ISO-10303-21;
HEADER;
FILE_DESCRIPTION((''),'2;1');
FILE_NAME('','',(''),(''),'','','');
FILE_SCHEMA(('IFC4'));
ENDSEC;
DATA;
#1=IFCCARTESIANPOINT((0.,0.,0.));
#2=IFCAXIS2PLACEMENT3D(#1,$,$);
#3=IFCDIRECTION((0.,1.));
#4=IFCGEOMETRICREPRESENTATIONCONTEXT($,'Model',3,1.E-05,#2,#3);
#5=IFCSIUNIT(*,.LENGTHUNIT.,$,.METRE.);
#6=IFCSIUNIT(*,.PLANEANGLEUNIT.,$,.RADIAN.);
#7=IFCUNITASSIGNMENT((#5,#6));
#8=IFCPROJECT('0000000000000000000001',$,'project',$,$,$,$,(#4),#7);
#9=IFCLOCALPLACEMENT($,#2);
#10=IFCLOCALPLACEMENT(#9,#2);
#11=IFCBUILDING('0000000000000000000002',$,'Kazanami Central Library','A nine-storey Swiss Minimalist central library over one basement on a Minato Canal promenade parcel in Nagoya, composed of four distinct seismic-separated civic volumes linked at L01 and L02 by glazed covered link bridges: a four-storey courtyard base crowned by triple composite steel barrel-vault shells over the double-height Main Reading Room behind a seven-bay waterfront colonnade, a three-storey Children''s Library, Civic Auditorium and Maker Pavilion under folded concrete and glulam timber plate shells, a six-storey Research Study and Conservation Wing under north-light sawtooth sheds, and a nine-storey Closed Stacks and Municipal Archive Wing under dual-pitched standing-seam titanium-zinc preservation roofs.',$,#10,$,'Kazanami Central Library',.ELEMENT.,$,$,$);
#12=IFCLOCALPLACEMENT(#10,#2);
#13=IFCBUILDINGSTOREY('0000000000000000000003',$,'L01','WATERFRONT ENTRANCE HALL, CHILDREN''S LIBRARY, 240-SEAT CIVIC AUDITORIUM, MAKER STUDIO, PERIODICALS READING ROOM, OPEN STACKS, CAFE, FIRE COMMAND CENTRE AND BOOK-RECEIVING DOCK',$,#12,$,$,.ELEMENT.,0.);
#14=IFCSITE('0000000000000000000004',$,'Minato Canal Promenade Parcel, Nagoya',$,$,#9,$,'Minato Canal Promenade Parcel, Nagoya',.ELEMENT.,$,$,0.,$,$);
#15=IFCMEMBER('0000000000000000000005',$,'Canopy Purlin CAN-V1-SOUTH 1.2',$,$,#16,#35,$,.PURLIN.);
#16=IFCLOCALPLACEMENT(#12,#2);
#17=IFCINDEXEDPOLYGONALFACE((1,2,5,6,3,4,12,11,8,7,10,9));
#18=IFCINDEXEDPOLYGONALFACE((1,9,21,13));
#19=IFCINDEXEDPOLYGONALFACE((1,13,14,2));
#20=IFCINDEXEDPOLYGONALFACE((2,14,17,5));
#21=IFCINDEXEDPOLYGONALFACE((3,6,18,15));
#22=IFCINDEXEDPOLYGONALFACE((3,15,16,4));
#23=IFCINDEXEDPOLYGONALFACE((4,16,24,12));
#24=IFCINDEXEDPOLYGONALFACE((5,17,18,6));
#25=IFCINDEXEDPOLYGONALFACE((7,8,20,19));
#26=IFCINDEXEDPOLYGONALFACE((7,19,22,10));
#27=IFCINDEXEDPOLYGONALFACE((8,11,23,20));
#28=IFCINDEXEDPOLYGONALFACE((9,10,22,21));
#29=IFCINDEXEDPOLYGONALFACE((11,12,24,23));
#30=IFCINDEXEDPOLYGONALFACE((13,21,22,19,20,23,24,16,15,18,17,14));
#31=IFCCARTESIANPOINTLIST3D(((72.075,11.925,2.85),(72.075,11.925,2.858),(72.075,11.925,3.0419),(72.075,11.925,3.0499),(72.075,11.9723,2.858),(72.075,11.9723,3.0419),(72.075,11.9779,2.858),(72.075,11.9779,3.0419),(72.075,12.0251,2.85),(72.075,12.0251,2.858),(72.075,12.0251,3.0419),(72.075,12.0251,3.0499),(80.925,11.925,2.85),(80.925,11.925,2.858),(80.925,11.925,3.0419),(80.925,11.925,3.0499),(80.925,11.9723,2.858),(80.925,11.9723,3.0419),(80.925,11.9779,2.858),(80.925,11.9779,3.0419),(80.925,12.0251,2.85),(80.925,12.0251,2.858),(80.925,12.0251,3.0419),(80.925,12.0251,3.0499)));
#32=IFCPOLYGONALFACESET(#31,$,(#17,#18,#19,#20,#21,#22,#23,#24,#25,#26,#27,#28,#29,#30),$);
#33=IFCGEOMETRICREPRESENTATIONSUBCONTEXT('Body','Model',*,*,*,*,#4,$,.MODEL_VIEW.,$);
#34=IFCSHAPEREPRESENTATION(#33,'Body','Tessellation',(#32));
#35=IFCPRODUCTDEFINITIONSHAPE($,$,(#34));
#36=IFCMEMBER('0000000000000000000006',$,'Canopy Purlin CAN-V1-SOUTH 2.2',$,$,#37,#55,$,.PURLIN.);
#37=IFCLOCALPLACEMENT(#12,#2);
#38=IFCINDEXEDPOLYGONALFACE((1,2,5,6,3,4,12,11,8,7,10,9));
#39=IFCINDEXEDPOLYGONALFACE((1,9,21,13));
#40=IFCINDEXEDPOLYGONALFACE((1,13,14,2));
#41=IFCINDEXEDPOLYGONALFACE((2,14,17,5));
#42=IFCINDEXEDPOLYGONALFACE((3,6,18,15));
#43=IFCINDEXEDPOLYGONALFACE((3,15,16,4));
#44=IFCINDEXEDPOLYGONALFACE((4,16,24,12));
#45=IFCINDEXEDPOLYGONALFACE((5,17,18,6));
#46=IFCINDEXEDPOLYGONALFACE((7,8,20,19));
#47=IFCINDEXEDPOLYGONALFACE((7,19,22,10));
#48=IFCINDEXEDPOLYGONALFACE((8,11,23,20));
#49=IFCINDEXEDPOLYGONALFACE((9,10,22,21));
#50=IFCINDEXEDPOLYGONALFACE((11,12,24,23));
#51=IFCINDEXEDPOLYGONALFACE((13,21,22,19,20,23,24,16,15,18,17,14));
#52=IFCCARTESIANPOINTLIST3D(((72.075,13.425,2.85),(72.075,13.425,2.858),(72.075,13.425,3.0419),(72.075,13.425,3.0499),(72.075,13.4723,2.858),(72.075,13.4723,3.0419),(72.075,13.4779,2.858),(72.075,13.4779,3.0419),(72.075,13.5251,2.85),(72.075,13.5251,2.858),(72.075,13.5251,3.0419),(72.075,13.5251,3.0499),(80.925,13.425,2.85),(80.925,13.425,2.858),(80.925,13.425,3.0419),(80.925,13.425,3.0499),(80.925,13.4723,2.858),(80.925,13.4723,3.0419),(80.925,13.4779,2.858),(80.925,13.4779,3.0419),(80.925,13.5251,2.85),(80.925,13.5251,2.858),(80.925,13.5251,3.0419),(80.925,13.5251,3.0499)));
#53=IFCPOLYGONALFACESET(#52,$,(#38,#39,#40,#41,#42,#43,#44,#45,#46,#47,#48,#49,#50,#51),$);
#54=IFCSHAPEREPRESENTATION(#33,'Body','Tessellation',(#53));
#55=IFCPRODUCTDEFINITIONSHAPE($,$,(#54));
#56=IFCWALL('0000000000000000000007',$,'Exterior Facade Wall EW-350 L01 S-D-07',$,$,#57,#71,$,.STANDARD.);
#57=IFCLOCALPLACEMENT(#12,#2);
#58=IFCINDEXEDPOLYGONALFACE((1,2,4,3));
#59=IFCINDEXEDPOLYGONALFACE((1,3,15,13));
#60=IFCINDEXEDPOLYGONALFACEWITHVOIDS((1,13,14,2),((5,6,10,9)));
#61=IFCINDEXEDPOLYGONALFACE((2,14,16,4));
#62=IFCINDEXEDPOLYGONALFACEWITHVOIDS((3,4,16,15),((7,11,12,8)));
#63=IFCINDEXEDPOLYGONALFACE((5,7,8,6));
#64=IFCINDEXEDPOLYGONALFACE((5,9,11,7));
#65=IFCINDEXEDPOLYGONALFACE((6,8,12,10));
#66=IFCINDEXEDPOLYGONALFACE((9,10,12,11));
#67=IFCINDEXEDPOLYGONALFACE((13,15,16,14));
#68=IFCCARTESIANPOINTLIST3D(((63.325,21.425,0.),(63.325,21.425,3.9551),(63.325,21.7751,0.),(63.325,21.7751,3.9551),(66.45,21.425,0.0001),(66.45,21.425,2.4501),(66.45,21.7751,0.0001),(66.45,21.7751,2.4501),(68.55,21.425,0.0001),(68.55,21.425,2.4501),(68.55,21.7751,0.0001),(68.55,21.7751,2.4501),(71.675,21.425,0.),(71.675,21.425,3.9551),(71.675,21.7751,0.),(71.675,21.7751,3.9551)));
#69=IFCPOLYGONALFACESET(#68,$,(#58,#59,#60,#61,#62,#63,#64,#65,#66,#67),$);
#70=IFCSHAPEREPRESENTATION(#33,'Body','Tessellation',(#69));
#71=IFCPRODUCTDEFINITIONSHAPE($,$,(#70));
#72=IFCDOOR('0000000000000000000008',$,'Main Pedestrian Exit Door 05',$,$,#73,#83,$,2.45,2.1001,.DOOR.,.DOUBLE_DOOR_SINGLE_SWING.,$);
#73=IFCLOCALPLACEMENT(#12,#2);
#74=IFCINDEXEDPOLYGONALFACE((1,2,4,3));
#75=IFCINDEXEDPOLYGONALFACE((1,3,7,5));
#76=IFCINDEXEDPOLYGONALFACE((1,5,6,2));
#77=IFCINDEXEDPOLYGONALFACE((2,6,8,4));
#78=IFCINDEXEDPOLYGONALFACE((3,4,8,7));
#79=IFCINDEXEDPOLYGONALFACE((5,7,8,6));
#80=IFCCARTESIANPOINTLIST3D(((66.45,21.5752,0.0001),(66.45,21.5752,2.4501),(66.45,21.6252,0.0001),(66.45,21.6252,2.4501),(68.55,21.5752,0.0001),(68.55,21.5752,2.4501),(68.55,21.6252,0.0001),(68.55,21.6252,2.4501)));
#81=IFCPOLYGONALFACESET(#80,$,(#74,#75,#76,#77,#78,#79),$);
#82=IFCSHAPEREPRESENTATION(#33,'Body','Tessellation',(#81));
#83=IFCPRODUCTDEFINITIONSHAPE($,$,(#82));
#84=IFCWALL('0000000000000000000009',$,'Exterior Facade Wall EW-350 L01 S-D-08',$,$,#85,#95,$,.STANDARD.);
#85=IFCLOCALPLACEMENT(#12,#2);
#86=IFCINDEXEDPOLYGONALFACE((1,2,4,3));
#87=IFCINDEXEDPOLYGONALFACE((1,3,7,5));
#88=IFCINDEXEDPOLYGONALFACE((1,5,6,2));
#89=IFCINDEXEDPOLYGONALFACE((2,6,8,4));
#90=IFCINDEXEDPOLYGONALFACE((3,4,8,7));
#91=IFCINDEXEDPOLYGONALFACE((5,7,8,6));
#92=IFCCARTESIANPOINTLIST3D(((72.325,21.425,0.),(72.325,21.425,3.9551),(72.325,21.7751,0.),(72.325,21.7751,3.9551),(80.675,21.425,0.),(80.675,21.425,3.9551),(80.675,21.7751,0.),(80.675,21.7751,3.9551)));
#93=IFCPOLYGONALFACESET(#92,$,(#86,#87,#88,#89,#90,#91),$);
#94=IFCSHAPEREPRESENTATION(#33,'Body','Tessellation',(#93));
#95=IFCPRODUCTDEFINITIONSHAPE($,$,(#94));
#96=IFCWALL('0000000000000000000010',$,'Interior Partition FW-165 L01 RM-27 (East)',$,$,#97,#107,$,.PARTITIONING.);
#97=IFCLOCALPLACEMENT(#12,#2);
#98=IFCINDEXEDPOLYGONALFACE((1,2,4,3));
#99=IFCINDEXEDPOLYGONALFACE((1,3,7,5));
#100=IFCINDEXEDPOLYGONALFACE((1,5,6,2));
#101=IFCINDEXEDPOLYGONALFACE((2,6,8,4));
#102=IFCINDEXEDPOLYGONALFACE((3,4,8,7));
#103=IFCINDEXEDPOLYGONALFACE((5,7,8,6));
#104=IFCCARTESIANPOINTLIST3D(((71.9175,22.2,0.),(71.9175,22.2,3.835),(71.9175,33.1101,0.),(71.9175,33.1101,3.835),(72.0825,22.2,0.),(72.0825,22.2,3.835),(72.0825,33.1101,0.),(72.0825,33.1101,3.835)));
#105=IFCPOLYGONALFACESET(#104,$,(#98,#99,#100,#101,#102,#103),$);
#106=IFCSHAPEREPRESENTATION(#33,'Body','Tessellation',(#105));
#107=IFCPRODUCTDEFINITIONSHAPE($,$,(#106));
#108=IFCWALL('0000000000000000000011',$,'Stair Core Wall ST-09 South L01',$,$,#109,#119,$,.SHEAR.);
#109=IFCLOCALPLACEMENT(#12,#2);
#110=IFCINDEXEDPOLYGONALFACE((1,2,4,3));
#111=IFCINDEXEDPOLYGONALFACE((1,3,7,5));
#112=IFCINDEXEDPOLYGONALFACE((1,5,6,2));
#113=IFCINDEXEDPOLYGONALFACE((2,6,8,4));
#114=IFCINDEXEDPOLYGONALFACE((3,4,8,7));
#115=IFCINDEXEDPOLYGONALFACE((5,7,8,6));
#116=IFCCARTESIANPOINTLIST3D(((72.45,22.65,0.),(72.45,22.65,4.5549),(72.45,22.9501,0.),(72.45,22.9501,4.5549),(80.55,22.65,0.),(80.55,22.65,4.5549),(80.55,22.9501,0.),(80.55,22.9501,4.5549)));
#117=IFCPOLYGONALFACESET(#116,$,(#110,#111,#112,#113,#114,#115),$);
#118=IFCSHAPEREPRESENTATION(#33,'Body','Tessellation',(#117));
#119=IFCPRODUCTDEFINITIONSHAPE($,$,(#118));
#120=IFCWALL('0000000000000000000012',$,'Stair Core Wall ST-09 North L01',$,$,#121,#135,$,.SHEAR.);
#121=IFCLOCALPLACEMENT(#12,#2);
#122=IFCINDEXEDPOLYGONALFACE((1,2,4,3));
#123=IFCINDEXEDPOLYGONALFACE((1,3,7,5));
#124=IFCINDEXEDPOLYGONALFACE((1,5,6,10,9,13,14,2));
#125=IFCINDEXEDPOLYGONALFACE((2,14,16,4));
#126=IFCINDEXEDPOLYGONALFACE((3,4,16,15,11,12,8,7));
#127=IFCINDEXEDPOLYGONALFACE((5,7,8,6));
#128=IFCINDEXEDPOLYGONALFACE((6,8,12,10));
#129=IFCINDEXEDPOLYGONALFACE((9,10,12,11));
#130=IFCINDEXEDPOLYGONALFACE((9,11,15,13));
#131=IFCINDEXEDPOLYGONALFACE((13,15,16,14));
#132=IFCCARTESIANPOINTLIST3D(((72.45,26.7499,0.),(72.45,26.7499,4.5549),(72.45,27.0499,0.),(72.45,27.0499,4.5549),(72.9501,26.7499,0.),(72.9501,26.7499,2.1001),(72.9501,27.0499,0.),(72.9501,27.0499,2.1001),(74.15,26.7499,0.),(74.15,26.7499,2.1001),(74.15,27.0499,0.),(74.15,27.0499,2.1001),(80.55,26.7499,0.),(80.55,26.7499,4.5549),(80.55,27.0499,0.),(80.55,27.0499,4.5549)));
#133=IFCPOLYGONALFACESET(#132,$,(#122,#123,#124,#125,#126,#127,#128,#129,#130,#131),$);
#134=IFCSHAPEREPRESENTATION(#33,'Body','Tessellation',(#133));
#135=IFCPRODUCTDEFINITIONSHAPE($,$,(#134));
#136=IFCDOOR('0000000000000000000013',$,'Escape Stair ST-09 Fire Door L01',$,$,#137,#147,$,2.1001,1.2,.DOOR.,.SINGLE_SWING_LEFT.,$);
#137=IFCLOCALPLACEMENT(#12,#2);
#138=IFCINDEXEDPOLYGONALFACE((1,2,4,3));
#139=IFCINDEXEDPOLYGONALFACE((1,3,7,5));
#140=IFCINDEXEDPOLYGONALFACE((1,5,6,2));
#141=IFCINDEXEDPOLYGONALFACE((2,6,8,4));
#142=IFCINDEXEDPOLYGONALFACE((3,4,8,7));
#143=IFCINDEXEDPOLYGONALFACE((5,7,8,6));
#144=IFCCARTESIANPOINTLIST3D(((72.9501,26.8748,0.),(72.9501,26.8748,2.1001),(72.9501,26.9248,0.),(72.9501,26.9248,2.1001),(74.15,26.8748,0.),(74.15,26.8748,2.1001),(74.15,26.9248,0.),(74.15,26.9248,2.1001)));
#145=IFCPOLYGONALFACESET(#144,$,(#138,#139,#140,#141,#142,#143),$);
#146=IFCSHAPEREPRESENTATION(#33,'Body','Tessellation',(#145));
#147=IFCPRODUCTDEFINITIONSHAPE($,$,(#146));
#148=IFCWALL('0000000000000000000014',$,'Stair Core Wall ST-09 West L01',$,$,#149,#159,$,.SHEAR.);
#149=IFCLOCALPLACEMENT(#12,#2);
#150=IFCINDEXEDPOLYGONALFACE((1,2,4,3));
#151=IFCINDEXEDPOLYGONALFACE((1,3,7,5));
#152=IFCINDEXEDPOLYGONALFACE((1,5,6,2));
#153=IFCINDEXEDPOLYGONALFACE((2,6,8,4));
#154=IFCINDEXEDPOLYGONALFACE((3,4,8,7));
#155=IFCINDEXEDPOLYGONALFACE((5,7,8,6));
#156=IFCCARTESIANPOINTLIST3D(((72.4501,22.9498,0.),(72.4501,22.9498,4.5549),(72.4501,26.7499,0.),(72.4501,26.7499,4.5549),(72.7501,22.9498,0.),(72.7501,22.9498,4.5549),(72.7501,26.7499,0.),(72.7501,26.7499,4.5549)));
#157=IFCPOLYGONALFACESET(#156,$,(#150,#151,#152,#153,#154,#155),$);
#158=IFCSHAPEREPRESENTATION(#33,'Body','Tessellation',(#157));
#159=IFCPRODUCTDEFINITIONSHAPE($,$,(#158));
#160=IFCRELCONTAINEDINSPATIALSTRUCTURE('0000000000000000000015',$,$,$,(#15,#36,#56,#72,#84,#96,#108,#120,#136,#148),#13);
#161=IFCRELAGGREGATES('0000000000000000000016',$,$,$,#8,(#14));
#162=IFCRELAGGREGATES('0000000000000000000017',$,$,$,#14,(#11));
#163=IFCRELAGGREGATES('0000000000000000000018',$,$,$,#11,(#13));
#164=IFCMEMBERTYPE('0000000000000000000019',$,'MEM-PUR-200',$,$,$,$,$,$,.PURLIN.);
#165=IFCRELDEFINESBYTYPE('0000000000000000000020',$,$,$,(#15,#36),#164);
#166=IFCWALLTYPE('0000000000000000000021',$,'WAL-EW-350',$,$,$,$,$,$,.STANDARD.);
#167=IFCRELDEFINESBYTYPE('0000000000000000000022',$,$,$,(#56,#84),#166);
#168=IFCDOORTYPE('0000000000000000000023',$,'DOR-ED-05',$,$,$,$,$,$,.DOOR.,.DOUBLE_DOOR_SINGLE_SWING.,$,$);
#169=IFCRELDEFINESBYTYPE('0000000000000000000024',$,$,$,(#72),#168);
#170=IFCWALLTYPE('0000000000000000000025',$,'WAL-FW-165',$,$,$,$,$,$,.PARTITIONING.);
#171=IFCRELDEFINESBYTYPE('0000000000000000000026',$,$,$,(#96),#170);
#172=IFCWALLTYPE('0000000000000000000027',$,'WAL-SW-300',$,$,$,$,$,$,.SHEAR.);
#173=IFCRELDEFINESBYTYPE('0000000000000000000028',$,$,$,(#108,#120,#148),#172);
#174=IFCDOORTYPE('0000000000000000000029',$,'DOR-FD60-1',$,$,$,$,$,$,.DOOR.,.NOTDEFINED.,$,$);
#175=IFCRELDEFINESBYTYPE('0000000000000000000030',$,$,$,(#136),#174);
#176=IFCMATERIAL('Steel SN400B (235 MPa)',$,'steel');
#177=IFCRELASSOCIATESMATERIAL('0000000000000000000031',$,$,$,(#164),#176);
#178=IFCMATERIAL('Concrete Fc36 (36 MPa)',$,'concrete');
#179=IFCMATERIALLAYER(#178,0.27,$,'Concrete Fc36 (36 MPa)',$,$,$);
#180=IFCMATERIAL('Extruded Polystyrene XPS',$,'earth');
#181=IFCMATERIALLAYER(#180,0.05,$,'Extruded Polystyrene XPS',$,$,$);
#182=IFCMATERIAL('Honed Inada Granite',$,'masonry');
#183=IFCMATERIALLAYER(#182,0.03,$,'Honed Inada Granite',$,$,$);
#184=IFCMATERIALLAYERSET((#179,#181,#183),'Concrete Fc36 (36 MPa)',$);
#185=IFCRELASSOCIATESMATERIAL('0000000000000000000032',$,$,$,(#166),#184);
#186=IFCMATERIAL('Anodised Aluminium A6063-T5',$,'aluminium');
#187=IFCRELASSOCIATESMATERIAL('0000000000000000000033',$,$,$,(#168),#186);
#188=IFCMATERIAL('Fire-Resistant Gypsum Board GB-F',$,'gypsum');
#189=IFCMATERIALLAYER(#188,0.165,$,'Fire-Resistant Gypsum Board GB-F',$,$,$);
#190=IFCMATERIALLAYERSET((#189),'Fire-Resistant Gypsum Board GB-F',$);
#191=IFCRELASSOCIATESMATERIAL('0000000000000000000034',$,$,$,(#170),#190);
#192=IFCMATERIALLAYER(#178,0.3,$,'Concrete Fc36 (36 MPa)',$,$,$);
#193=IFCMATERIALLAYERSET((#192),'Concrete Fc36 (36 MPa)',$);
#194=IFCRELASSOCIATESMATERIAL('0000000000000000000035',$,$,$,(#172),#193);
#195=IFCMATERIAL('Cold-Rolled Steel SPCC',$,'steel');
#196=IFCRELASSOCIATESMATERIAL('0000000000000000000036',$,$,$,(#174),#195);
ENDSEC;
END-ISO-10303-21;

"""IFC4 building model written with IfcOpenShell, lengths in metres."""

from ifc_helpers import new_model, si_unit, direction, frame, frame_2d, origin, origin_2d, place, context, subcontext, project, spatial, rectangle, i_section, extrude, material, layer, layer_set, material_profile, profile_set, type_object, element, fill, save


model = new_model("IFC4")

# Units and contexts
model_context = context("Model", 3, precision=1e-05, world=origin(), true_north=direction((0.0, 1.0)))
body_context = subcontext(model_context, "Body", "Model", "MODEL_VIEW")
ifc_project = project(units=[si_unit("LENGTHUNIT", "METRE"), si_unit("PLANEANGLEUNIT", "RADIAN")], contexts=[model_context])

# Site, building, storey
site_placement = place(None, origin())
site = spatial("IfcSite", under=ifc_project, at=site_placement, Name="Minato Canal Promenade Parcel, Nagoya", LongName="Minato Canal Promenade Parcel, Nagoya", CompositionType="ELEMENT", RefElevation=0.0)
building_placement = place(site_placement, origin())
building = spatial("IfcBuilding", under=site, at=building_placement, Name="Kazanami Central Library", Description="A nine-storey Swiss Minimalist central library over one basement on a Minato Canal promenade parcel in Nagoya, composed of four distinct seismic-separated civic volumes linked at L01 and L02 by glazed covered link bridges: a four-storey courtyard base crowned by triple composite steel barrel-vault shells over the double-height Main Reading Room behind a seven-bay waterfront colonnade, a three-storey Children's Library, Civic Auditorium and Maker Pavilion under folded concrete and glulam timber plate shells, a six-storey Research Study and Conservation Wing under north-light sawtooth sheds, and a nine-storey Closed Stacks and Municipal Archive Wing under dual-pitched standing-seam titanium-zinc preservation roofs.", LongName="Kazanami Central Library", CompositionType="ELEMENT")
storey_placement = place(building_placement, origin())
storey = spatial("IfcBuildingStorey", under=building, at=storey_placement, Name="L01", Description="WATERFRONT ENTRANCE HALL, CHILDREN'S LIBRARY, 240-SEAT CIVIC AUDITORIUM, MAKER STUDIO, PERIODICALS READING ROOM, OPEN STACKS, CAFE, FIRE COMMAND CENTRE AND BOOK-RECEIVING DOCK", CompositionType="ELEMENT", Elevation=0.0)

# Shared definitions
ifc_material_1 = material(Name="Steel SN400B (235 MPa)", Category="steel")

# Members
ifc_material_profile_1 = material_profile(ifc_material_1, i_section(OverallWidth=0.1001, OverallDepth=0.2, WebThickness=0.0056, FlangeThickness=0.0081, at=origin_2d()), Name="H-200x100x5.5x8")
ifc_profile_set_1 = profile_set([ifc_material_profile_1], Name="Steel SN400B (235 MPa)")
member_type_1 = type_object("IfcMemberType", Name="MEM-PUR-200", PredefinedType="PURLIN", material=ifc_profile_set_1)
for number, where, z_axis, x_axis, name in (
    (1, (72.075, 11.9751, 2.95), (1.0, 0.0, 0.0), (0.0, 1.0, 0.0), "Canopy Purlin CAN-V1-SOUTH 1.2"),
    (2, (72.075, 13.4751, 2.95), (1.0, 0.0, 0.0), (0.0, 1.0, 0.0), "Canopy Purlin CAN-V1-SOUTH 2.2"),
):
    element("IfcMember", number, at=place(storey_placement, frame(where, z_axis=z_axis, x_axis=x_axis)), inside=storey, type_object=member_type_1, Name=name, PredefinedType="PURLIN", context=body_context, shape_type="SweptSolid", body=[
        extrude(i_section(OverallWidth=0.1001, OverallDepth=0.2, WebThickness=0.0056, FlangeThickness=0.0081, at=origin_2d()), origin(), (0.0, 0.0, 1.0), 8.8501),
    ])

# Wall, opening, door
ifc_material_2 = material(Name="Concrete Fc36 (36 MPa)", Category="concrete")
ifc_layer_1 = layer(ifc_material_2, 0.27, Name="Concrete Fc36 (36 MPa)")
ifc_material_3 = material(Name="Extruded Polystyrene XPS", Category="earth")
ifc_layer_2 = layer(ifc_material_3, 0.05, Name="Extruded Polystyrene XPS")
ifc_material_4 = material(Name="Honed Inada Granite", Category="masonry")
ifc_layer_3 = layer(ifc_material_4, 0.03, Name="Honed Inada Granite")
ifc_layer_set_1 = layer_set([ifc_layer_1, ifc_layer_2, ifc_layer_3], Name="Concrete Fc36 (36 MPa)")
wall_type_1 = type_object("IfcWallType", Name="WAL-EW-350", PredefinedType="STANDARD", material=ifc_layer_set_1)
wall_1_placement = place(storey_placement, frame((63.325, 21.6001, 0.0), z_axis=(0.0, 0.0, 1.0), x_axis=(1.0, 0.0, 0.0)))
wall_1 = element("IfcWall", 3, at=wall_1_placement, inside=storey, type_object=wall_type_1, Name="Exterior Facade Wall EW-350 L01 S-D-07", PredefinedType="STANDARD", context=body_context, shape_type="SweptSolid", body=[
    extrude(rectangle(XDim=8.3501, YDim=0.3501, at=frame_2d((4.175, 0.0))), origin(), (0.0, 0.0, 1.0), 3.9551),
])
opening_1_placement = place(wall_1_placement, frame((3.125, 0.0, 0.0)))
opening_1 = element("IfcOpeningElement", 4, at=opening_1_placement, cuts=wall_1, PredefinedType="OPENING", context=body_context, shape_type="SweptSolid", body=[
    extrude(rectangle(XDim=2.1001, YDim=2.45, at=frame_2d((1.05, 1.2251))), frame((0.0, 0.187, 0.0), z_axis=(0.0, -1.0, 0.0), x_axis=(1.0, 0.0, 0.0)), (0.0, 0.0, 1.0), 0.374),
])
ifc_material_5 = material(Name="Anodised Aluminium A6063-T5", Category="aluminium")
door_type_1 = type_object("IfcDoorType", Name="DOR-ED-05", OperationType="DOUBLE_DOOR_SINGLE_SWING", PredefinedType="DOOR", material=ifc_material_5)
door_1_placement = place(opening_1_placement, frame((2.1001, 0.0, 0.0), z_axis=(0.0, 0.0, 1.0), x_axis=(-1.0, 0.0, 0.0)))
door_1 = element("IfcDoor", 5, at=door_1_placement, inside=storey, type_object=door_type_1, Name="Main Pedestrian Exit Door 05", OperationType="DOUBLE_DOOR_SINGLE_SWING", OverallHeight=2.45, OverallWidth=2.1001, PredefinedType="DOOR", context=body_context, shape_type="SweptSolid", body=[
    extrude(rectangle(XDim=2.1001, YDim=2.45, at=frame_2d((1.05, 1.2251))), frame((0.0, 0.0249, 0.0), z_axis=(0.0, -1.0, 0.0), x_axis=(1.0, 0.0, 0.0)), (0.0, 0.0, 1.0), 0.05),
])
fill(opening_1, door_1)

# Walls
wall_2_placement = place(storey_placement, frame((72.325, 21.6001, 0.0), z_axis=(0.0, 0.0, 1.0), x_axis=(1.0, 0.0, 0.0)))
element("IfcWall", 6, at=wall_2_placement, inside=storey, type_object=wall_type_1, Name="Exterior Facade Wall EW-350 L01 S-D-08", PredefinedType="STANDARD", context=body_context, shape_type="SweptSolid", body=[
    extrude(rectangle(XDim=8.3501, YDim=0.3501, at=frame_2d((4.175, 0.0))), origin(), (0.0, 0.0, 1.0), 3.9551),
])
ifc_material_6 = material(Name="Fire-Resistant Gypsum Board GB-F", Category="gypsum")
ifc_layer_4 = layer(ifc_material_6, 0.165, Name="Fire-Resistant Gypsum Board GB-F")
ifc_layer_set_2 = layer_set([ifc_layer_4], Name="Fire-Resistant Gypsum Board GB-F")
wall_type_2 = type_object("IfcWallType", Name="WAL-FW-165", PredefinedType="PARTITIONING", material=ifc_layer_set_2)
wall_3_placement = place(storey_placement, frame((72.0, 22.2, 0.0), z_axis=(0.0, 0.0, 1.0), x_axis=(0.0, 1.0, 0.0)))
element("IfcWall", 7, at=wall_3_placement, inside=storey, type_object=wall_type_2, Name="Interior Partition FW-165 L01 RM-27 (East)", PredefinedType="PARTITIONING", context=body_context, shape_type="SweptSolid", body=[
    extrude(rectangle(XDim=10.9102, YDim=0.165, at=frame_2d((5.4551, 0.0))), origin(), (0.0, 0.0, 1.0), 3.835),
])
ifc_layer_5 = layer(ifc_material_2, 0.3, Name="Concrete Fc36 (36 MPa)")
ifc_layer_set_3 = layer_set([ifc_layer_5], Name="Concrete Fc36 (36 MPa)")
wall_type_3 = type_object("IfcWallType", Name="WAL-SW-300", PredefinedType="SHEAR", material=ifc_layer_set_3)
wall_4_placement = place(storey_placement, frame((72.45, 22.8, 0.0), z_axis=(0.0, 0.0, 1.0), x_axis=(1.0, 0.0, 0.0)))
element("IfcWall", 8, at=wall_4_placement, inside=storey, type_object=wall_type_3, Name="Stair Core Wall ST-09 South L01", PredefinedType="SHEAR", context=body_context, shape_type="SweptSolid", body=[
    extrude(rectangle(XDim=8.1001, YDim=0.3, at=frame_2d((4.05, 0.0))), origin(), (0.0, 0.0, 1.0), 4.5549),
])

# Wall, opening, door
wall_5_placement = place(storey_placement, frame((72.45, 26.8999, 0.0), z_axis=(0.0, 0.0, 1.0), x_axis=(1.0, 0.0, 0.0)))
wall_5 = element("IfcWall", 9, at=wall_5_placement, inside=storey, type_object=wall_type_3, Name="Stair Core Wall ST-09 North L01", PredefinedType="SHEAR", context=body_context, shape_type="SweptSolid", body=[
    extrude(rectangle(XDim=8.1001, YDim=0.3, at=frame_2d((4.05, 0.0))), origin(), (0.0, 0.0, 1.0), 4.5549),
])
opening_2_placement = place(wall_5_placement, frame((0.5, 0.0, 0.0)))
opening_2 = element("IfcOpeningElement", 10, at=opening_2_placement, cuts=wall_5, PredefinedType="OPENING", context=body_context, shape_type="SweptSolid", body=[
    extrude(rectangle(XDim=1.2, YDim=2.1001, at=frame_2d((0.6001, 1.05))), frame((0.0, 0.1621, 0.0), z_axis=(0.0, -1.0, 0.0), x_axis=(1.0, 0.0, 0.0)), (0.0, 0.0, 1.0), 0.324),
])
ifc_material_7 = material(Name="Cold-Rolled Steel SPCC", Category="steel")
door_type_2 = type_object("IfcDoorType", Name="DOR-FD60-1", OperationType="NOTDEFINED", PredefinedType="DOOR", material=ifc_material_7)
door_2_placement = place(opening_2_placement, origin())
door_2 = element("IfcDoor", 11, at=door_2_placement, inside=storey, type_object=door_type_2, Name="Escape Stair ST-09 Fire Door L01", OperationType="SINGLE_SWING_LEFT", OverallHeight=2.1001, OverallWidth=1.2, PredefinedType="DOOR", context=body_context, shape_type="SweptSolid", body=[
    extrude(rectangle(XDim=1.2, YDim=2.1001, at=frame_2d((0.6001, 1.05))), frame((0.0, 0.0249, 0.0), z_axis=(0.0, -1.0, 0.0), x_axis=(1.0, 0.0, 0.0)), (0.0, 0.0, 1.0), 0.05),
])
fill(opening_2, door_2)

# Wall
wall_6_placement = place(storey_placement, frame((72.6001, 22.95, 0.0), z_axis=(0.0, 0.0, 1.0), x_axis=(0.0, 1.0, 0.0)))
element("IfcWall", 12, at=wall_6_placement, inside=storey, type_object=wall_type_3, Name="Stair Core Wall ST-09 West L01", PredefinedType="SHEAR", context=body_context, shape_type="SweptSolid", body=[
    extrude(rectangle(XDim=3.8, YDim=0.3, at=frame_2d((1.8999, 0.0))), origin(), (0.0, 0.0, 1.0), 4.5549),
])

save(model, "model.ifc")
